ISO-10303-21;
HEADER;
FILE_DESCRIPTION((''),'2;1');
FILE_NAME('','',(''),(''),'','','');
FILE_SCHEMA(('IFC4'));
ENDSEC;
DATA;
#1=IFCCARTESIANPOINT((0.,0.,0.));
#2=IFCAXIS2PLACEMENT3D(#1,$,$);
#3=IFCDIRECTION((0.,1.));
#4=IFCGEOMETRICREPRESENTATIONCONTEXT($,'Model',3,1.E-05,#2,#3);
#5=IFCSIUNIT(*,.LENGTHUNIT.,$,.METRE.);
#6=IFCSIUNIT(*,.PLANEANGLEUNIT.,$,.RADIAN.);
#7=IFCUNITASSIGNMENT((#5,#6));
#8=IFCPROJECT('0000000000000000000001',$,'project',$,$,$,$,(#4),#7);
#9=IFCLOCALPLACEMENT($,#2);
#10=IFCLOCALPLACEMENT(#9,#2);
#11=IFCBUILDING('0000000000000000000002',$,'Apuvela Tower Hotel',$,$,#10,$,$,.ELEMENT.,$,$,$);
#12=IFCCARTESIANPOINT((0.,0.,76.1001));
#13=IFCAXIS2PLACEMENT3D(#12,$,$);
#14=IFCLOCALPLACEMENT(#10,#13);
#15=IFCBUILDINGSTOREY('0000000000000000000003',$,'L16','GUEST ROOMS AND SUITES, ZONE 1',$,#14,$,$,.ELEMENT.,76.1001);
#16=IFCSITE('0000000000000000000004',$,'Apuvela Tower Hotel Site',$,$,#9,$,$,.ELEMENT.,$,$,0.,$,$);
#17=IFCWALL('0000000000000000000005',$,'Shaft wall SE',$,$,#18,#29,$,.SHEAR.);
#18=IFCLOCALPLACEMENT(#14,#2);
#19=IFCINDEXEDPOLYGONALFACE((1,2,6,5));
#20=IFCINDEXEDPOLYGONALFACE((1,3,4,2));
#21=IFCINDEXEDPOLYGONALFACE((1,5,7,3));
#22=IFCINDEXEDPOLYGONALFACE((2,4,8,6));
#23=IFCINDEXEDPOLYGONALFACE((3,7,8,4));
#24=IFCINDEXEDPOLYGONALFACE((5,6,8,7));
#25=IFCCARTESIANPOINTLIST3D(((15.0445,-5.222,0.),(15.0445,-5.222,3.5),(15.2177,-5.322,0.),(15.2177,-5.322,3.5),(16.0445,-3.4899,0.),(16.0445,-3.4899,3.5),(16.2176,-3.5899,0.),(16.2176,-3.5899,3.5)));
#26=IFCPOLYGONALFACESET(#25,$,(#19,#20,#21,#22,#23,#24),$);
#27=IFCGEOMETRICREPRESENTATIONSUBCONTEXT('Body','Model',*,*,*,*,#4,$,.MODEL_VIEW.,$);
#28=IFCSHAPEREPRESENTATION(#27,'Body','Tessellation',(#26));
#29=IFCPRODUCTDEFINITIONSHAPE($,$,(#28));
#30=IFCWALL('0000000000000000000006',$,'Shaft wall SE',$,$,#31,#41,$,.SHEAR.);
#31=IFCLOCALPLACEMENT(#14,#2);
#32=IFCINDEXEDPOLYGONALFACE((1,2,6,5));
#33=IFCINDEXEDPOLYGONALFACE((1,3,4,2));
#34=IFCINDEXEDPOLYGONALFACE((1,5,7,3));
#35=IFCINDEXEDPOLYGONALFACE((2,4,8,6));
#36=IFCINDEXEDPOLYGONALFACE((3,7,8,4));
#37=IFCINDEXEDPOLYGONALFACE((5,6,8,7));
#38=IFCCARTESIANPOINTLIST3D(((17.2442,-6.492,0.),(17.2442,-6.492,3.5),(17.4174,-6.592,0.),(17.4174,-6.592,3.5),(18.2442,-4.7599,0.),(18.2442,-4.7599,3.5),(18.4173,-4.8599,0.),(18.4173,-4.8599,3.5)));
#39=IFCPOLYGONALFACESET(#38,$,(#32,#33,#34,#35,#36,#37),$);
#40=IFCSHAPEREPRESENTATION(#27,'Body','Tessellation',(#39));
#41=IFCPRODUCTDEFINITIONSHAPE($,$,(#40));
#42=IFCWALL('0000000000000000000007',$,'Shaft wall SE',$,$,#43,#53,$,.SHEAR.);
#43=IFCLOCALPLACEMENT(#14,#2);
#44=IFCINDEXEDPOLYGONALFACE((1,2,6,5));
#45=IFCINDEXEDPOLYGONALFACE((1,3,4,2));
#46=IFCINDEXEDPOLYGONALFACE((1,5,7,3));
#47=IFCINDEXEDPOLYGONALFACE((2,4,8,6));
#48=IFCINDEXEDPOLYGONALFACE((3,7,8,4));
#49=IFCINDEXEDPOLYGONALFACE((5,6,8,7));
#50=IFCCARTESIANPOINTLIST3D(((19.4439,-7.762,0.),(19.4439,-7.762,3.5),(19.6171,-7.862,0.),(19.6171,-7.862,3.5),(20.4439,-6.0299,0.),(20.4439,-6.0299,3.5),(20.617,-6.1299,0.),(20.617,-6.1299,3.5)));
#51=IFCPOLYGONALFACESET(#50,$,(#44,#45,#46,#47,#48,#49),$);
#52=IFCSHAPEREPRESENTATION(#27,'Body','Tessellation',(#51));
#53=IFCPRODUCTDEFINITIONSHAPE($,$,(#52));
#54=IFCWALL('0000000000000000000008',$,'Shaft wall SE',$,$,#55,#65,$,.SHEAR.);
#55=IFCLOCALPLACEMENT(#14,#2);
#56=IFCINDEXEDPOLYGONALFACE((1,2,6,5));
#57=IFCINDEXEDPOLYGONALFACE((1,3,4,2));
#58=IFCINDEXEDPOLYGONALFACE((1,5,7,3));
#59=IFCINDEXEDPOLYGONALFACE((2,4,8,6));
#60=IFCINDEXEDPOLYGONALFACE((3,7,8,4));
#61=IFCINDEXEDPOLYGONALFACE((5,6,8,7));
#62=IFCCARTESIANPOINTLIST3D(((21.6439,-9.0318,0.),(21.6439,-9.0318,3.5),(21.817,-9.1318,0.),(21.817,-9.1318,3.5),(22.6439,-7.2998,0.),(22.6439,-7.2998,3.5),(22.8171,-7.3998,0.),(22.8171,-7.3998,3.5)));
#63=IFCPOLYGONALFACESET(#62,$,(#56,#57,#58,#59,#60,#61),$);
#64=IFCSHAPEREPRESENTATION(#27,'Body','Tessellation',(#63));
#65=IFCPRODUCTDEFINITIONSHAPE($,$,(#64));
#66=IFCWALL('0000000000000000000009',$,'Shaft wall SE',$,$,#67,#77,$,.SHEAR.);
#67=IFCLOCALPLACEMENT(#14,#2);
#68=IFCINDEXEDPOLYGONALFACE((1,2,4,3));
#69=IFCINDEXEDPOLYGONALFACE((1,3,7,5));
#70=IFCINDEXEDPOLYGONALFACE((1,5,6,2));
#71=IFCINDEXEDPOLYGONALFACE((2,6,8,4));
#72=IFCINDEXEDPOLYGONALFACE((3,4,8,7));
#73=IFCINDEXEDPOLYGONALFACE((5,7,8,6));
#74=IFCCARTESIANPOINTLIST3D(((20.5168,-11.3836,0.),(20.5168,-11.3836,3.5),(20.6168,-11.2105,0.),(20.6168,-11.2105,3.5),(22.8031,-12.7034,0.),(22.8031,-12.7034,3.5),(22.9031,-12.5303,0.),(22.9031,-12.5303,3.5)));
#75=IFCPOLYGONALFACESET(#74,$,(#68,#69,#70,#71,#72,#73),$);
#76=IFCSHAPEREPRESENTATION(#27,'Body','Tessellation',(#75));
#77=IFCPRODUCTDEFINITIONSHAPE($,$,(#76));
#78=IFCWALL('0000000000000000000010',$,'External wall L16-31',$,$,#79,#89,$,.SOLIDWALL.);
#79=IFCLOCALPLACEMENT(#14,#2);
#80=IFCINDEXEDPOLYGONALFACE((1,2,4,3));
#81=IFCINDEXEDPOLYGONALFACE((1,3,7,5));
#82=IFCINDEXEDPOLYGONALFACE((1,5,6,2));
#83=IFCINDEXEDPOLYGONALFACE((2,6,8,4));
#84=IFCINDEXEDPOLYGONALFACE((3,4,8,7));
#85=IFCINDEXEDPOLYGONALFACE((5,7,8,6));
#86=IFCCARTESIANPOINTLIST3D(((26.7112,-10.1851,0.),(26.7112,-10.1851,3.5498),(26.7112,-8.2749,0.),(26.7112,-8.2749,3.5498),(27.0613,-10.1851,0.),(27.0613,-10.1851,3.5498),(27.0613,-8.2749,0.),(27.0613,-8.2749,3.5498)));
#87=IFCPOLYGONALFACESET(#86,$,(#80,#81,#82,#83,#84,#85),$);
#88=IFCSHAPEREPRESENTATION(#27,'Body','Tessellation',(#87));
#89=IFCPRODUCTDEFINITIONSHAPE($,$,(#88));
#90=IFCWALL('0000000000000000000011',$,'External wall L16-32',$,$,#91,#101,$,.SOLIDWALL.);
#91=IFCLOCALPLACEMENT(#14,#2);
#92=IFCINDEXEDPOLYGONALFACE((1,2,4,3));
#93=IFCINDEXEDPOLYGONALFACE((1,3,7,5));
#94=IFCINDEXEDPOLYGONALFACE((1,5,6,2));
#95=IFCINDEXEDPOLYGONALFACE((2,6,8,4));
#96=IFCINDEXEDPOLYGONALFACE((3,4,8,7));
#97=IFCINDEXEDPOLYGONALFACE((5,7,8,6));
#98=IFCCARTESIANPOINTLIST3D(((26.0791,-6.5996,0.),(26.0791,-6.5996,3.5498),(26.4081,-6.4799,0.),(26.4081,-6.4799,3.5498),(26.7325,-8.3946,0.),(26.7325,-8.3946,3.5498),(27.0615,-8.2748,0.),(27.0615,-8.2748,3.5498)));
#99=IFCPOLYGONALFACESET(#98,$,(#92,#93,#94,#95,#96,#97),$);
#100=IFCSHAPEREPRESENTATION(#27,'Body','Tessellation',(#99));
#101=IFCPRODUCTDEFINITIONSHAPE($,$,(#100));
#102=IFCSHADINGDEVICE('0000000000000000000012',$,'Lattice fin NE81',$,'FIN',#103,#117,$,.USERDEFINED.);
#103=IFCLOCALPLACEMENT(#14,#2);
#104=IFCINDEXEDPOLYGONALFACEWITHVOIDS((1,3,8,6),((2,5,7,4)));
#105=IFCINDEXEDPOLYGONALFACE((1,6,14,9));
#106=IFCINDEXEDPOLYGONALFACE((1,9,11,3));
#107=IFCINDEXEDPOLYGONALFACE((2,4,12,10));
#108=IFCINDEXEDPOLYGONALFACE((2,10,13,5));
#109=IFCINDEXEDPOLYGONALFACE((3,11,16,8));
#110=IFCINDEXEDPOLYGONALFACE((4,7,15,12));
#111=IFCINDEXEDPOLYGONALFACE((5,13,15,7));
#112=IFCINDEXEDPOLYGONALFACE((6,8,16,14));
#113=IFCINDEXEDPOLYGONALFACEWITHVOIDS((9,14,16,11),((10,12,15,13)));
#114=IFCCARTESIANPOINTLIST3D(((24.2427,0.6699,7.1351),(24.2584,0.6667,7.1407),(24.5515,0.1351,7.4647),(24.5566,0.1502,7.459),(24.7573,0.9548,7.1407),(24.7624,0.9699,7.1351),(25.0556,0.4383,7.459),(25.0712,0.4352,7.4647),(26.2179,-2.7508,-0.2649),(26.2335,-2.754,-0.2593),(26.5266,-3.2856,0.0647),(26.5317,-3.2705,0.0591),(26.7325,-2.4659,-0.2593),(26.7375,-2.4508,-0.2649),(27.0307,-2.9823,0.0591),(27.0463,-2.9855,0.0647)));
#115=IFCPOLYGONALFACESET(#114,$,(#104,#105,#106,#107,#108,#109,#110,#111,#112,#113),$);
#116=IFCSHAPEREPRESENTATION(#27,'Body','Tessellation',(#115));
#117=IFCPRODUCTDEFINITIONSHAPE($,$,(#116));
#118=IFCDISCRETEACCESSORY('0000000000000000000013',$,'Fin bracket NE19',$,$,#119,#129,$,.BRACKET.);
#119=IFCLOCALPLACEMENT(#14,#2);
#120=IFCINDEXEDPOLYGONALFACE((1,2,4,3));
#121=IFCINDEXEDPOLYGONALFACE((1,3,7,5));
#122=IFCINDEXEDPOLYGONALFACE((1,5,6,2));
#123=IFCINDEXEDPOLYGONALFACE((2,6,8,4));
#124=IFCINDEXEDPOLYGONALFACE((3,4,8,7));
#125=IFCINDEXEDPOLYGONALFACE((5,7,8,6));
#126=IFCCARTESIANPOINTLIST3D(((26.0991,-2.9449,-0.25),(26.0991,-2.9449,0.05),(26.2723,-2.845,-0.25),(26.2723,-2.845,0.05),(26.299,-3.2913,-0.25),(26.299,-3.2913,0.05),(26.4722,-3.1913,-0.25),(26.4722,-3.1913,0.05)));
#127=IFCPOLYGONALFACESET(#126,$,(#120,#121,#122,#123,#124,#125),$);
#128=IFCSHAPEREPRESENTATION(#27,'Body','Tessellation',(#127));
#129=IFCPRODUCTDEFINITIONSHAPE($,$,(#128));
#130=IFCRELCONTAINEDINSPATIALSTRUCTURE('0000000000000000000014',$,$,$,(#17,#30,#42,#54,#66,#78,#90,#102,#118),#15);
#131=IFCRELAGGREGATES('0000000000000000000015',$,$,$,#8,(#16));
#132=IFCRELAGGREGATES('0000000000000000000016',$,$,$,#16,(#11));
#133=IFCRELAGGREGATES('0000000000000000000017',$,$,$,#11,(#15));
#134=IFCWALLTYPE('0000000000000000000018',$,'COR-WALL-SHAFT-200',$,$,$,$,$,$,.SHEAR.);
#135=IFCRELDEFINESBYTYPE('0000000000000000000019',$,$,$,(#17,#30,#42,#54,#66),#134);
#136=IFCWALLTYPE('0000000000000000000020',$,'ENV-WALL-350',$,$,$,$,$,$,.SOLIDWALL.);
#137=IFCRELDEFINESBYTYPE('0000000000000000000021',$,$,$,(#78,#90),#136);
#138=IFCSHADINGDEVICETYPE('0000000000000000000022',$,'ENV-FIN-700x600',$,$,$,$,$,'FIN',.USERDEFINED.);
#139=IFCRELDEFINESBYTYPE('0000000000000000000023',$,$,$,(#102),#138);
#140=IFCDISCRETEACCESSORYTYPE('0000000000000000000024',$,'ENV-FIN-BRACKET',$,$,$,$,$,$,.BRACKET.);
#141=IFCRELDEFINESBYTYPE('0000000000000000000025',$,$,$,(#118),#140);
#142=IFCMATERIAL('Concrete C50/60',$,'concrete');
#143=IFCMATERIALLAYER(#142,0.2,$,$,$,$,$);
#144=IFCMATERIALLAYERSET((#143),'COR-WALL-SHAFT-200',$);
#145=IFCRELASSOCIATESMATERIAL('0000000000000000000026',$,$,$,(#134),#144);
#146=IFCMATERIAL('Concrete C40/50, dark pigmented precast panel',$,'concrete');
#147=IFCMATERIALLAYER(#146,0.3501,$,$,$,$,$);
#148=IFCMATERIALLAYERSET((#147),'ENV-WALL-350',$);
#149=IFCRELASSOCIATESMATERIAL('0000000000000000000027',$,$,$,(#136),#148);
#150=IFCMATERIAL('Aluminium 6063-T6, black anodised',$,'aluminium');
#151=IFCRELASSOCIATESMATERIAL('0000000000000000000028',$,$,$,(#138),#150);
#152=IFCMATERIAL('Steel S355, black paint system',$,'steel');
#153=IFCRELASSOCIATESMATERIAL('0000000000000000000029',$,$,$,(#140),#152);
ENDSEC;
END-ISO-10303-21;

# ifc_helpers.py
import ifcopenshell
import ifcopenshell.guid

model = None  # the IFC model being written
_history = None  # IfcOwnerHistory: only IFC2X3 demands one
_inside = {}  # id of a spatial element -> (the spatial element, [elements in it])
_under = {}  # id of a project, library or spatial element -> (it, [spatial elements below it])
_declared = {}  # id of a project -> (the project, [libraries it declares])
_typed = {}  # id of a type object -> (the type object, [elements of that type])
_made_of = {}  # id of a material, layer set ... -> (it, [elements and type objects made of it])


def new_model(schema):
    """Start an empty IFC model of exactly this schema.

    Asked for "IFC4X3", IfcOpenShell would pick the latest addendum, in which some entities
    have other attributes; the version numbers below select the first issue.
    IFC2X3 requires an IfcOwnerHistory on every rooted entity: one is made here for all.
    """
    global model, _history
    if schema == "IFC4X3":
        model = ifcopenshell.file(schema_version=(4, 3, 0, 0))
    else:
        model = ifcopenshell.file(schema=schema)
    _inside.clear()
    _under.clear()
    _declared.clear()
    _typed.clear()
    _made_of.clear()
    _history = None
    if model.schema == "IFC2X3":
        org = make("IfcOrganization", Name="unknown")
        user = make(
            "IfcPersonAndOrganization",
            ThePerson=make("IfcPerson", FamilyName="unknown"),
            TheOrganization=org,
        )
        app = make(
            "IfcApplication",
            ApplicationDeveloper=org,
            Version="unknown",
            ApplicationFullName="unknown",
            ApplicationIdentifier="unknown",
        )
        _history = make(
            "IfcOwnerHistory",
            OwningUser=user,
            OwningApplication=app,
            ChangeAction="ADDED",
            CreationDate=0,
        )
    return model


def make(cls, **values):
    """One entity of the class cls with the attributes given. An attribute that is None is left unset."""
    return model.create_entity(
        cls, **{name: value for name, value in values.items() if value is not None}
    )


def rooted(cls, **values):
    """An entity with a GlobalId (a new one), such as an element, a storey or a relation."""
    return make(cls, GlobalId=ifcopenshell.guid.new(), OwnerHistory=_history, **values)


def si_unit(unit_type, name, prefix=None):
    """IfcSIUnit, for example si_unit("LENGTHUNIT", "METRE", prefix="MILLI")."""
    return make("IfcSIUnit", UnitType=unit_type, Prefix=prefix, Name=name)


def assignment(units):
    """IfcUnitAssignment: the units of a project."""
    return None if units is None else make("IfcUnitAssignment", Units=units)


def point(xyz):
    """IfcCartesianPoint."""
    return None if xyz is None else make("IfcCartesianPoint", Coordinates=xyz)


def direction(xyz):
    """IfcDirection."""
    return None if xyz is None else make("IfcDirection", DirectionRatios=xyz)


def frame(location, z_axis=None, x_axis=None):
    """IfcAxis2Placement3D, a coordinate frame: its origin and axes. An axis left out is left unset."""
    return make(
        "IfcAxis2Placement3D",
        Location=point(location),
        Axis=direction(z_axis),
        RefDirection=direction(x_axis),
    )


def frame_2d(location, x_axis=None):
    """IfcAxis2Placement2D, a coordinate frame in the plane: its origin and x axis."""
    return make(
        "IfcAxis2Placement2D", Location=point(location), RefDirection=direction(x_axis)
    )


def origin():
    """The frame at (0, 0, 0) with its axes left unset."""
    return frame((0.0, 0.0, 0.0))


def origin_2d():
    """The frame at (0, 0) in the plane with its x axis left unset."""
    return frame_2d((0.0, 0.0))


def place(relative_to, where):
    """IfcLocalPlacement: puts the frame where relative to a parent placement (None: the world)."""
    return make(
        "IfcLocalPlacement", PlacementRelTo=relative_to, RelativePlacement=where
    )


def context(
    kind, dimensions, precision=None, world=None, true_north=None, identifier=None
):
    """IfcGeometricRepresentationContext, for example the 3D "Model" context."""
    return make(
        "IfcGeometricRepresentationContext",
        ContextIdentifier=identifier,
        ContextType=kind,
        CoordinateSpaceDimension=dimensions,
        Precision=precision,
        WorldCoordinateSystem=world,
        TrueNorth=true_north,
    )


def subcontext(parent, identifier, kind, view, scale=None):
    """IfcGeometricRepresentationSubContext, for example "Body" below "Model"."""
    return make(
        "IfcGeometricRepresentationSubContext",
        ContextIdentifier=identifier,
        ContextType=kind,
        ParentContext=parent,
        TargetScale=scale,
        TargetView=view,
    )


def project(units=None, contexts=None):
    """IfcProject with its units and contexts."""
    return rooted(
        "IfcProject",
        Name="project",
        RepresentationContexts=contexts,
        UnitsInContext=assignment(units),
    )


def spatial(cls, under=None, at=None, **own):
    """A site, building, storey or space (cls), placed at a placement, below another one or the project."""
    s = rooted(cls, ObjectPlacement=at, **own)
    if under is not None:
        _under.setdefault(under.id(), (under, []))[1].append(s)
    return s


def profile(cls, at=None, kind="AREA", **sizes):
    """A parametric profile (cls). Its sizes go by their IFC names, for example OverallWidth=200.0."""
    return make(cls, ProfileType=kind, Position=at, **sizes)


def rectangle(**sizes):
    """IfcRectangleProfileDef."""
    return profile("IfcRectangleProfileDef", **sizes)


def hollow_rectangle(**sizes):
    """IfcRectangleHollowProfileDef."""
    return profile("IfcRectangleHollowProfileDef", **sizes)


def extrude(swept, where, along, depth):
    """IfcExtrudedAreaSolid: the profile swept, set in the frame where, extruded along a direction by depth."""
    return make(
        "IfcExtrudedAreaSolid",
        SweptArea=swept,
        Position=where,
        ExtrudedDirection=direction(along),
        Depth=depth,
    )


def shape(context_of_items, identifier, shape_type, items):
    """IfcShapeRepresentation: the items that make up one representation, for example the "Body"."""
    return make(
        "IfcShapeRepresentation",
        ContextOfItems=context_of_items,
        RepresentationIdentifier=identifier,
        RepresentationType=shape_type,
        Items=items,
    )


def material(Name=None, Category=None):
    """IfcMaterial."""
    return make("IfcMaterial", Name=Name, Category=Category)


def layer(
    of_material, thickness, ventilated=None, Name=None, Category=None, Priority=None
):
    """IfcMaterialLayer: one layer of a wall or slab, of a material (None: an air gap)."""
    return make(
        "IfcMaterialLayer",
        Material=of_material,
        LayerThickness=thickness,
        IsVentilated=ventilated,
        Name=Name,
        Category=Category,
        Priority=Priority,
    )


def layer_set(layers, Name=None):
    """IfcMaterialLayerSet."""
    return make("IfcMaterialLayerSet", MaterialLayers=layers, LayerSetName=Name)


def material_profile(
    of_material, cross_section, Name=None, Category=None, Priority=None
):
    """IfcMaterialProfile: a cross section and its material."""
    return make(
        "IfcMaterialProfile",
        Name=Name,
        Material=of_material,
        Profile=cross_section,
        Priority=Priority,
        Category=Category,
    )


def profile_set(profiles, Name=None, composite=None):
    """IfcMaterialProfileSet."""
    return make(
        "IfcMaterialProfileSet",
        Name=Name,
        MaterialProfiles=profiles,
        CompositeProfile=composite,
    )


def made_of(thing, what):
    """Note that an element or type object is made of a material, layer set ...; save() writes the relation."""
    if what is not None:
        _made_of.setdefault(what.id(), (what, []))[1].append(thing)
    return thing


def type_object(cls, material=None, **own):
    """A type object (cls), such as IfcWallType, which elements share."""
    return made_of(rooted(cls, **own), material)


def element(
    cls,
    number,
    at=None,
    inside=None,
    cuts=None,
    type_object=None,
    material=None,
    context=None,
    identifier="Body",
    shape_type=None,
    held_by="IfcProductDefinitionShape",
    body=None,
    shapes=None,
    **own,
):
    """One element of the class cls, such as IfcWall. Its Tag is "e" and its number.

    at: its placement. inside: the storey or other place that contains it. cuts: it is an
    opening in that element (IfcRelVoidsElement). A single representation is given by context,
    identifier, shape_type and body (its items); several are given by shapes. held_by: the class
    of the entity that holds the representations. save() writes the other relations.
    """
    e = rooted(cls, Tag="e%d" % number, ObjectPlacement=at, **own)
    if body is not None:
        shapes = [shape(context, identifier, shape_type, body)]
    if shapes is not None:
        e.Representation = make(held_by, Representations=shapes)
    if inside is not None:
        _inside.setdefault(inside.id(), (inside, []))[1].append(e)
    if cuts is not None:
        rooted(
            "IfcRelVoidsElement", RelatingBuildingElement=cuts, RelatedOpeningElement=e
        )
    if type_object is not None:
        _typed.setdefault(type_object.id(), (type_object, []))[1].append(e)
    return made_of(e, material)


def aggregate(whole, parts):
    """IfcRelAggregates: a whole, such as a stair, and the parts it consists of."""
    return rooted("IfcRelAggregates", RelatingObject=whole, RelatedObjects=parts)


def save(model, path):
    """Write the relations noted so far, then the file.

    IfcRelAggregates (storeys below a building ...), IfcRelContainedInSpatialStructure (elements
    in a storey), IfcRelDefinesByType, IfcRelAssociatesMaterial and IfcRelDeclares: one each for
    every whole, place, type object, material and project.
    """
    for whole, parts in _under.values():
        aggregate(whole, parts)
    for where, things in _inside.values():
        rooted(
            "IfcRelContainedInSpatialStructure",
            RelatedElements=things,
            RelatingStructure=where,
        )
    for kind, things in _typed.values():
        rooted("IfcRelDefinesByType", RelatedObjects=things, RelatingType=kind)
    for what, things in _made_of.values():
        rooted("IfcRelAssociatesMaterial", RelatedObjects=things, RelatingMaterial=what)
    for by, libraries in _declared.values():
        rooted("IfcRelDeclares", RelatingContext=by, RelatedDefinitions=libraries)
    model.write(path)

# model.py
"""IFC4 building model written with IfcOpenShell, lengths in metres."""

from ifc_helpers import new_model, si_unit, direction, frame, frame_2d, origin, origin_2d, place, context, subcontext, project, spatial, rectangle, hollow_rectangle, extrude, material, layer, layer_set, material_profile, profile_set, type_object, element, save


model = new_model("IFC4")

# Units and contexts
model_context = context("Model", 3, precision=1e-05, world=origin(), true_north=direction((0.0, 1.0)))
body_context = subcontext(model_context, "Body", "Model", "MODEL_VIEW")
ifc_project = project(units=[si_unit("LENGTHUNIT", "METRE"), si_unit("PLANEANGLEUNIT", "RADIAN")], contexts=[model_context])

# Site, building, storey
site_placement = place(None, origin())
site = spatial("IfcSite", under=ifc_project, at=site_placement, Name="Apuvela Tower Hotel Site", CompositionType="ELEMENT", RefElevation=0.0)
building_placement = place(site_placement, origin())
building = spatial("IfcBuilding", under=site, at=building_placement, Name="Apuvela Tower Hotel", CompositionType="ELEMENT")
storey_placement = place(building_placement, frame((0.0, 0.0, 76.1001)))
storey = spatial("IfcBuildingStorey", under=building, at=storey_placement, Name="L16", Description="GUEST ROOMS AND SUITES, ZONE 1", CompositionType="ELEMENT", Elevation=76.1001)

# Walls
ifc_material_1 = material(Name="Concrete C50/60", Category="concrete")
ifc_layer_1 = layer(ifc_material_1, 0.2)
ifc_layer_set_1 = layer_set([ifc_layer_1], Name="COR-WALL-SHAFT-200")
wall_type_1 = type_object("IfcWallType", Name="COR-WALL-SHAFT-200", PredefinedType="SHEAR", material=ifc_layer_set_1)
for number, where, z_axis, x_axis, name in (
    (1, (15.1311, -5.272, 0.0), (0.0, 0.0, 1.0), (0.499973, 0.866041, 0.0), "Shaft wall SE"),
    (2, (17.3308, -6.542, 0.0), (0.0, 0.0, 1.0), (0.499973, 0.866041, 0.0), "Shaft wall SE"),
    (3, (19.5305, -7.812, 0.0), (0.0, 0.0, 1.0), (0.499973, 0.866041, 0.0), "Shaft wall SE"),
    (4, (21.7305, -9.0818, 0.0), (0.0, 0.0, 1.0), (0.500025, 0.866011, 0.0), "Shaft wall SE"),
):
    element("IfcWall", number, at=place(storey_placement, frame(where, z_axis=z_axis, x_axis=x_axis)), inside=storey, type_object=wall_type_1, Name=name, PredefinedType="SHEAR", context=body_context, shape_type="SweptSolid", body=[
        extrude(rectangle(XDim=2.0, YDim=0.2, at=frame_2d((1.0, 0.0))), origin(), (0.0, 0.0, 1.0), 3.5),
    ])
wall_1_placement = place(storey_placement, frame((20.5669, -11.2971, 0.0), z_axis=(0.0, 0.0, 1.0), x_axis=(0.866061, -0.499939, 0.0)))
element("IfcWall", 5, at=wall_1_placement, inside=storey, type_object=wall_type_1, Name="Shaft wall SE", PredefinedType="SHEAR", context=body_context, shape_type="SweptSolid", body=[
    extrude(rectangle(XDim=2.6399, YDim=0.2, at=frame_2d((1.3198, 0.0))), origin(), (0.0, 0.0, 1.0), 3.5),
])
ifc_material_2 = material(Name="Concrete C40/50, dark pigmented precast panel", Category="concrete")
ifc_layer_2 = layer(ifc_material_2, 0.3501)
ifc_layer_set_2 = layer_set([ifc_layer_2], Name="ENV-WALL-350")
wall_type_2 = type_object("IfcWallType", Name="ENV-WALL-350", PredefinedType="SOLIDWALL", material=ifc_layer_set_2)
for number, where, z_axis, x_axis, name in (
    (6, (26.8862, -10.1851, 0.0), (0.0, 0.0, 1.0), (0.0, 1.0, 0.0), "External wall L16-31"),
    (7, (26.897, -8.3347, 0.0), (0.0, 0.0, 1.0), (-0.34203, 0.939689, 0.0), "External wall L16-32"),
):
    element("IfcWall", number, at=place(storey_placement, frame(where, z_axis=z_axis, x_axis=x_axis)), inside=storey, type_object=wall_type_2, Name=name, PredefinedType="SOLIDWALL", context=body_context, shape_type="SweptSolid", body=[
        extrude(rectangle(XDim=1.9102, YDim=0.3501, at=frame_2d((0.9551, 0.0))), origin(), (0.0, 0.0, 1.0), 3.5498),
    ])

# Shading device
ifc_material_3 = material(Name="Aluminium 6063-T6, black anodised", Category="aluminium")
ifc_material_profile_1 = material_profile(ifc_material_3, hollow_rectangle(XDim=0.6001, YDim=0.7, WallThickness=0.012, at=origin_2d()), Name="AL BOX 700x600x12")
ifc_profile_set_1 = profile_set([ifc_material_profile_1], Name="Aluminium 6063-T6, black anodised")
shading_device_type = type_object("IfcShadingDeviceType", Name="ENV-FIN-700x600", ElementType="FIN", PredefinedType="USERDEFINED", material=ifc_profile_set_1)
shading_device_placement = place(storey_placement, frame((26.6321, -2.8682, -0.1001), z_axis=(-0.235464, 0.407798, 0.882189), x_axis=(-0.866005, -0.500035, 0.0)))
element("IfcShadingDevice", 8, at=shading_device_placement, inside=storey, type_object=shading_device_type, Name="Lattice fin NE81", ObjectType="FIN", PredefinedType="USERDEFINED", context=body_context, shape_type="SweptSolid", body=[
    extrude(hollow_rectangle(XDim=0.6001, YDim=0.7, WallThickness=0.012, at=origin_2d()), origin(), (0.0, 0.0, 1.0), 8.3882),
])

# Discrete accessory
ifc_material_4 = material(Name="Steel S355, black paint system", Category="steel")
discrete_accessory_type = type_object("IfcDiscreteAccessoryType", Name="ENV-FIN-BRACKET", PredefinedType="BRACKET", material=ifc_material_4)
discrete_accessory_placement = place(storey_placement, frame((26.2856, -3.0681, -0.25), z_axis=(0.0, 0.0, 1.0), x_axis=(-0.5, 0.866025, 0.0)))
element("IfcDiscreteAccessory", 9, at=discrete_accessory_placement, inside=storey, type_object=discrete_accessory_type, Name="Fin bracket NE19", PredefinedType="BRACKET", context=body_context, shape_type="SweptSolid", body=[
    extrude(rectangle(XDim=0.3999, YDim=0.2, at=origin_2d()), origin(), (0.0, 0.0, 1.0), 0.3),
])

save(model, "model.ifc")
